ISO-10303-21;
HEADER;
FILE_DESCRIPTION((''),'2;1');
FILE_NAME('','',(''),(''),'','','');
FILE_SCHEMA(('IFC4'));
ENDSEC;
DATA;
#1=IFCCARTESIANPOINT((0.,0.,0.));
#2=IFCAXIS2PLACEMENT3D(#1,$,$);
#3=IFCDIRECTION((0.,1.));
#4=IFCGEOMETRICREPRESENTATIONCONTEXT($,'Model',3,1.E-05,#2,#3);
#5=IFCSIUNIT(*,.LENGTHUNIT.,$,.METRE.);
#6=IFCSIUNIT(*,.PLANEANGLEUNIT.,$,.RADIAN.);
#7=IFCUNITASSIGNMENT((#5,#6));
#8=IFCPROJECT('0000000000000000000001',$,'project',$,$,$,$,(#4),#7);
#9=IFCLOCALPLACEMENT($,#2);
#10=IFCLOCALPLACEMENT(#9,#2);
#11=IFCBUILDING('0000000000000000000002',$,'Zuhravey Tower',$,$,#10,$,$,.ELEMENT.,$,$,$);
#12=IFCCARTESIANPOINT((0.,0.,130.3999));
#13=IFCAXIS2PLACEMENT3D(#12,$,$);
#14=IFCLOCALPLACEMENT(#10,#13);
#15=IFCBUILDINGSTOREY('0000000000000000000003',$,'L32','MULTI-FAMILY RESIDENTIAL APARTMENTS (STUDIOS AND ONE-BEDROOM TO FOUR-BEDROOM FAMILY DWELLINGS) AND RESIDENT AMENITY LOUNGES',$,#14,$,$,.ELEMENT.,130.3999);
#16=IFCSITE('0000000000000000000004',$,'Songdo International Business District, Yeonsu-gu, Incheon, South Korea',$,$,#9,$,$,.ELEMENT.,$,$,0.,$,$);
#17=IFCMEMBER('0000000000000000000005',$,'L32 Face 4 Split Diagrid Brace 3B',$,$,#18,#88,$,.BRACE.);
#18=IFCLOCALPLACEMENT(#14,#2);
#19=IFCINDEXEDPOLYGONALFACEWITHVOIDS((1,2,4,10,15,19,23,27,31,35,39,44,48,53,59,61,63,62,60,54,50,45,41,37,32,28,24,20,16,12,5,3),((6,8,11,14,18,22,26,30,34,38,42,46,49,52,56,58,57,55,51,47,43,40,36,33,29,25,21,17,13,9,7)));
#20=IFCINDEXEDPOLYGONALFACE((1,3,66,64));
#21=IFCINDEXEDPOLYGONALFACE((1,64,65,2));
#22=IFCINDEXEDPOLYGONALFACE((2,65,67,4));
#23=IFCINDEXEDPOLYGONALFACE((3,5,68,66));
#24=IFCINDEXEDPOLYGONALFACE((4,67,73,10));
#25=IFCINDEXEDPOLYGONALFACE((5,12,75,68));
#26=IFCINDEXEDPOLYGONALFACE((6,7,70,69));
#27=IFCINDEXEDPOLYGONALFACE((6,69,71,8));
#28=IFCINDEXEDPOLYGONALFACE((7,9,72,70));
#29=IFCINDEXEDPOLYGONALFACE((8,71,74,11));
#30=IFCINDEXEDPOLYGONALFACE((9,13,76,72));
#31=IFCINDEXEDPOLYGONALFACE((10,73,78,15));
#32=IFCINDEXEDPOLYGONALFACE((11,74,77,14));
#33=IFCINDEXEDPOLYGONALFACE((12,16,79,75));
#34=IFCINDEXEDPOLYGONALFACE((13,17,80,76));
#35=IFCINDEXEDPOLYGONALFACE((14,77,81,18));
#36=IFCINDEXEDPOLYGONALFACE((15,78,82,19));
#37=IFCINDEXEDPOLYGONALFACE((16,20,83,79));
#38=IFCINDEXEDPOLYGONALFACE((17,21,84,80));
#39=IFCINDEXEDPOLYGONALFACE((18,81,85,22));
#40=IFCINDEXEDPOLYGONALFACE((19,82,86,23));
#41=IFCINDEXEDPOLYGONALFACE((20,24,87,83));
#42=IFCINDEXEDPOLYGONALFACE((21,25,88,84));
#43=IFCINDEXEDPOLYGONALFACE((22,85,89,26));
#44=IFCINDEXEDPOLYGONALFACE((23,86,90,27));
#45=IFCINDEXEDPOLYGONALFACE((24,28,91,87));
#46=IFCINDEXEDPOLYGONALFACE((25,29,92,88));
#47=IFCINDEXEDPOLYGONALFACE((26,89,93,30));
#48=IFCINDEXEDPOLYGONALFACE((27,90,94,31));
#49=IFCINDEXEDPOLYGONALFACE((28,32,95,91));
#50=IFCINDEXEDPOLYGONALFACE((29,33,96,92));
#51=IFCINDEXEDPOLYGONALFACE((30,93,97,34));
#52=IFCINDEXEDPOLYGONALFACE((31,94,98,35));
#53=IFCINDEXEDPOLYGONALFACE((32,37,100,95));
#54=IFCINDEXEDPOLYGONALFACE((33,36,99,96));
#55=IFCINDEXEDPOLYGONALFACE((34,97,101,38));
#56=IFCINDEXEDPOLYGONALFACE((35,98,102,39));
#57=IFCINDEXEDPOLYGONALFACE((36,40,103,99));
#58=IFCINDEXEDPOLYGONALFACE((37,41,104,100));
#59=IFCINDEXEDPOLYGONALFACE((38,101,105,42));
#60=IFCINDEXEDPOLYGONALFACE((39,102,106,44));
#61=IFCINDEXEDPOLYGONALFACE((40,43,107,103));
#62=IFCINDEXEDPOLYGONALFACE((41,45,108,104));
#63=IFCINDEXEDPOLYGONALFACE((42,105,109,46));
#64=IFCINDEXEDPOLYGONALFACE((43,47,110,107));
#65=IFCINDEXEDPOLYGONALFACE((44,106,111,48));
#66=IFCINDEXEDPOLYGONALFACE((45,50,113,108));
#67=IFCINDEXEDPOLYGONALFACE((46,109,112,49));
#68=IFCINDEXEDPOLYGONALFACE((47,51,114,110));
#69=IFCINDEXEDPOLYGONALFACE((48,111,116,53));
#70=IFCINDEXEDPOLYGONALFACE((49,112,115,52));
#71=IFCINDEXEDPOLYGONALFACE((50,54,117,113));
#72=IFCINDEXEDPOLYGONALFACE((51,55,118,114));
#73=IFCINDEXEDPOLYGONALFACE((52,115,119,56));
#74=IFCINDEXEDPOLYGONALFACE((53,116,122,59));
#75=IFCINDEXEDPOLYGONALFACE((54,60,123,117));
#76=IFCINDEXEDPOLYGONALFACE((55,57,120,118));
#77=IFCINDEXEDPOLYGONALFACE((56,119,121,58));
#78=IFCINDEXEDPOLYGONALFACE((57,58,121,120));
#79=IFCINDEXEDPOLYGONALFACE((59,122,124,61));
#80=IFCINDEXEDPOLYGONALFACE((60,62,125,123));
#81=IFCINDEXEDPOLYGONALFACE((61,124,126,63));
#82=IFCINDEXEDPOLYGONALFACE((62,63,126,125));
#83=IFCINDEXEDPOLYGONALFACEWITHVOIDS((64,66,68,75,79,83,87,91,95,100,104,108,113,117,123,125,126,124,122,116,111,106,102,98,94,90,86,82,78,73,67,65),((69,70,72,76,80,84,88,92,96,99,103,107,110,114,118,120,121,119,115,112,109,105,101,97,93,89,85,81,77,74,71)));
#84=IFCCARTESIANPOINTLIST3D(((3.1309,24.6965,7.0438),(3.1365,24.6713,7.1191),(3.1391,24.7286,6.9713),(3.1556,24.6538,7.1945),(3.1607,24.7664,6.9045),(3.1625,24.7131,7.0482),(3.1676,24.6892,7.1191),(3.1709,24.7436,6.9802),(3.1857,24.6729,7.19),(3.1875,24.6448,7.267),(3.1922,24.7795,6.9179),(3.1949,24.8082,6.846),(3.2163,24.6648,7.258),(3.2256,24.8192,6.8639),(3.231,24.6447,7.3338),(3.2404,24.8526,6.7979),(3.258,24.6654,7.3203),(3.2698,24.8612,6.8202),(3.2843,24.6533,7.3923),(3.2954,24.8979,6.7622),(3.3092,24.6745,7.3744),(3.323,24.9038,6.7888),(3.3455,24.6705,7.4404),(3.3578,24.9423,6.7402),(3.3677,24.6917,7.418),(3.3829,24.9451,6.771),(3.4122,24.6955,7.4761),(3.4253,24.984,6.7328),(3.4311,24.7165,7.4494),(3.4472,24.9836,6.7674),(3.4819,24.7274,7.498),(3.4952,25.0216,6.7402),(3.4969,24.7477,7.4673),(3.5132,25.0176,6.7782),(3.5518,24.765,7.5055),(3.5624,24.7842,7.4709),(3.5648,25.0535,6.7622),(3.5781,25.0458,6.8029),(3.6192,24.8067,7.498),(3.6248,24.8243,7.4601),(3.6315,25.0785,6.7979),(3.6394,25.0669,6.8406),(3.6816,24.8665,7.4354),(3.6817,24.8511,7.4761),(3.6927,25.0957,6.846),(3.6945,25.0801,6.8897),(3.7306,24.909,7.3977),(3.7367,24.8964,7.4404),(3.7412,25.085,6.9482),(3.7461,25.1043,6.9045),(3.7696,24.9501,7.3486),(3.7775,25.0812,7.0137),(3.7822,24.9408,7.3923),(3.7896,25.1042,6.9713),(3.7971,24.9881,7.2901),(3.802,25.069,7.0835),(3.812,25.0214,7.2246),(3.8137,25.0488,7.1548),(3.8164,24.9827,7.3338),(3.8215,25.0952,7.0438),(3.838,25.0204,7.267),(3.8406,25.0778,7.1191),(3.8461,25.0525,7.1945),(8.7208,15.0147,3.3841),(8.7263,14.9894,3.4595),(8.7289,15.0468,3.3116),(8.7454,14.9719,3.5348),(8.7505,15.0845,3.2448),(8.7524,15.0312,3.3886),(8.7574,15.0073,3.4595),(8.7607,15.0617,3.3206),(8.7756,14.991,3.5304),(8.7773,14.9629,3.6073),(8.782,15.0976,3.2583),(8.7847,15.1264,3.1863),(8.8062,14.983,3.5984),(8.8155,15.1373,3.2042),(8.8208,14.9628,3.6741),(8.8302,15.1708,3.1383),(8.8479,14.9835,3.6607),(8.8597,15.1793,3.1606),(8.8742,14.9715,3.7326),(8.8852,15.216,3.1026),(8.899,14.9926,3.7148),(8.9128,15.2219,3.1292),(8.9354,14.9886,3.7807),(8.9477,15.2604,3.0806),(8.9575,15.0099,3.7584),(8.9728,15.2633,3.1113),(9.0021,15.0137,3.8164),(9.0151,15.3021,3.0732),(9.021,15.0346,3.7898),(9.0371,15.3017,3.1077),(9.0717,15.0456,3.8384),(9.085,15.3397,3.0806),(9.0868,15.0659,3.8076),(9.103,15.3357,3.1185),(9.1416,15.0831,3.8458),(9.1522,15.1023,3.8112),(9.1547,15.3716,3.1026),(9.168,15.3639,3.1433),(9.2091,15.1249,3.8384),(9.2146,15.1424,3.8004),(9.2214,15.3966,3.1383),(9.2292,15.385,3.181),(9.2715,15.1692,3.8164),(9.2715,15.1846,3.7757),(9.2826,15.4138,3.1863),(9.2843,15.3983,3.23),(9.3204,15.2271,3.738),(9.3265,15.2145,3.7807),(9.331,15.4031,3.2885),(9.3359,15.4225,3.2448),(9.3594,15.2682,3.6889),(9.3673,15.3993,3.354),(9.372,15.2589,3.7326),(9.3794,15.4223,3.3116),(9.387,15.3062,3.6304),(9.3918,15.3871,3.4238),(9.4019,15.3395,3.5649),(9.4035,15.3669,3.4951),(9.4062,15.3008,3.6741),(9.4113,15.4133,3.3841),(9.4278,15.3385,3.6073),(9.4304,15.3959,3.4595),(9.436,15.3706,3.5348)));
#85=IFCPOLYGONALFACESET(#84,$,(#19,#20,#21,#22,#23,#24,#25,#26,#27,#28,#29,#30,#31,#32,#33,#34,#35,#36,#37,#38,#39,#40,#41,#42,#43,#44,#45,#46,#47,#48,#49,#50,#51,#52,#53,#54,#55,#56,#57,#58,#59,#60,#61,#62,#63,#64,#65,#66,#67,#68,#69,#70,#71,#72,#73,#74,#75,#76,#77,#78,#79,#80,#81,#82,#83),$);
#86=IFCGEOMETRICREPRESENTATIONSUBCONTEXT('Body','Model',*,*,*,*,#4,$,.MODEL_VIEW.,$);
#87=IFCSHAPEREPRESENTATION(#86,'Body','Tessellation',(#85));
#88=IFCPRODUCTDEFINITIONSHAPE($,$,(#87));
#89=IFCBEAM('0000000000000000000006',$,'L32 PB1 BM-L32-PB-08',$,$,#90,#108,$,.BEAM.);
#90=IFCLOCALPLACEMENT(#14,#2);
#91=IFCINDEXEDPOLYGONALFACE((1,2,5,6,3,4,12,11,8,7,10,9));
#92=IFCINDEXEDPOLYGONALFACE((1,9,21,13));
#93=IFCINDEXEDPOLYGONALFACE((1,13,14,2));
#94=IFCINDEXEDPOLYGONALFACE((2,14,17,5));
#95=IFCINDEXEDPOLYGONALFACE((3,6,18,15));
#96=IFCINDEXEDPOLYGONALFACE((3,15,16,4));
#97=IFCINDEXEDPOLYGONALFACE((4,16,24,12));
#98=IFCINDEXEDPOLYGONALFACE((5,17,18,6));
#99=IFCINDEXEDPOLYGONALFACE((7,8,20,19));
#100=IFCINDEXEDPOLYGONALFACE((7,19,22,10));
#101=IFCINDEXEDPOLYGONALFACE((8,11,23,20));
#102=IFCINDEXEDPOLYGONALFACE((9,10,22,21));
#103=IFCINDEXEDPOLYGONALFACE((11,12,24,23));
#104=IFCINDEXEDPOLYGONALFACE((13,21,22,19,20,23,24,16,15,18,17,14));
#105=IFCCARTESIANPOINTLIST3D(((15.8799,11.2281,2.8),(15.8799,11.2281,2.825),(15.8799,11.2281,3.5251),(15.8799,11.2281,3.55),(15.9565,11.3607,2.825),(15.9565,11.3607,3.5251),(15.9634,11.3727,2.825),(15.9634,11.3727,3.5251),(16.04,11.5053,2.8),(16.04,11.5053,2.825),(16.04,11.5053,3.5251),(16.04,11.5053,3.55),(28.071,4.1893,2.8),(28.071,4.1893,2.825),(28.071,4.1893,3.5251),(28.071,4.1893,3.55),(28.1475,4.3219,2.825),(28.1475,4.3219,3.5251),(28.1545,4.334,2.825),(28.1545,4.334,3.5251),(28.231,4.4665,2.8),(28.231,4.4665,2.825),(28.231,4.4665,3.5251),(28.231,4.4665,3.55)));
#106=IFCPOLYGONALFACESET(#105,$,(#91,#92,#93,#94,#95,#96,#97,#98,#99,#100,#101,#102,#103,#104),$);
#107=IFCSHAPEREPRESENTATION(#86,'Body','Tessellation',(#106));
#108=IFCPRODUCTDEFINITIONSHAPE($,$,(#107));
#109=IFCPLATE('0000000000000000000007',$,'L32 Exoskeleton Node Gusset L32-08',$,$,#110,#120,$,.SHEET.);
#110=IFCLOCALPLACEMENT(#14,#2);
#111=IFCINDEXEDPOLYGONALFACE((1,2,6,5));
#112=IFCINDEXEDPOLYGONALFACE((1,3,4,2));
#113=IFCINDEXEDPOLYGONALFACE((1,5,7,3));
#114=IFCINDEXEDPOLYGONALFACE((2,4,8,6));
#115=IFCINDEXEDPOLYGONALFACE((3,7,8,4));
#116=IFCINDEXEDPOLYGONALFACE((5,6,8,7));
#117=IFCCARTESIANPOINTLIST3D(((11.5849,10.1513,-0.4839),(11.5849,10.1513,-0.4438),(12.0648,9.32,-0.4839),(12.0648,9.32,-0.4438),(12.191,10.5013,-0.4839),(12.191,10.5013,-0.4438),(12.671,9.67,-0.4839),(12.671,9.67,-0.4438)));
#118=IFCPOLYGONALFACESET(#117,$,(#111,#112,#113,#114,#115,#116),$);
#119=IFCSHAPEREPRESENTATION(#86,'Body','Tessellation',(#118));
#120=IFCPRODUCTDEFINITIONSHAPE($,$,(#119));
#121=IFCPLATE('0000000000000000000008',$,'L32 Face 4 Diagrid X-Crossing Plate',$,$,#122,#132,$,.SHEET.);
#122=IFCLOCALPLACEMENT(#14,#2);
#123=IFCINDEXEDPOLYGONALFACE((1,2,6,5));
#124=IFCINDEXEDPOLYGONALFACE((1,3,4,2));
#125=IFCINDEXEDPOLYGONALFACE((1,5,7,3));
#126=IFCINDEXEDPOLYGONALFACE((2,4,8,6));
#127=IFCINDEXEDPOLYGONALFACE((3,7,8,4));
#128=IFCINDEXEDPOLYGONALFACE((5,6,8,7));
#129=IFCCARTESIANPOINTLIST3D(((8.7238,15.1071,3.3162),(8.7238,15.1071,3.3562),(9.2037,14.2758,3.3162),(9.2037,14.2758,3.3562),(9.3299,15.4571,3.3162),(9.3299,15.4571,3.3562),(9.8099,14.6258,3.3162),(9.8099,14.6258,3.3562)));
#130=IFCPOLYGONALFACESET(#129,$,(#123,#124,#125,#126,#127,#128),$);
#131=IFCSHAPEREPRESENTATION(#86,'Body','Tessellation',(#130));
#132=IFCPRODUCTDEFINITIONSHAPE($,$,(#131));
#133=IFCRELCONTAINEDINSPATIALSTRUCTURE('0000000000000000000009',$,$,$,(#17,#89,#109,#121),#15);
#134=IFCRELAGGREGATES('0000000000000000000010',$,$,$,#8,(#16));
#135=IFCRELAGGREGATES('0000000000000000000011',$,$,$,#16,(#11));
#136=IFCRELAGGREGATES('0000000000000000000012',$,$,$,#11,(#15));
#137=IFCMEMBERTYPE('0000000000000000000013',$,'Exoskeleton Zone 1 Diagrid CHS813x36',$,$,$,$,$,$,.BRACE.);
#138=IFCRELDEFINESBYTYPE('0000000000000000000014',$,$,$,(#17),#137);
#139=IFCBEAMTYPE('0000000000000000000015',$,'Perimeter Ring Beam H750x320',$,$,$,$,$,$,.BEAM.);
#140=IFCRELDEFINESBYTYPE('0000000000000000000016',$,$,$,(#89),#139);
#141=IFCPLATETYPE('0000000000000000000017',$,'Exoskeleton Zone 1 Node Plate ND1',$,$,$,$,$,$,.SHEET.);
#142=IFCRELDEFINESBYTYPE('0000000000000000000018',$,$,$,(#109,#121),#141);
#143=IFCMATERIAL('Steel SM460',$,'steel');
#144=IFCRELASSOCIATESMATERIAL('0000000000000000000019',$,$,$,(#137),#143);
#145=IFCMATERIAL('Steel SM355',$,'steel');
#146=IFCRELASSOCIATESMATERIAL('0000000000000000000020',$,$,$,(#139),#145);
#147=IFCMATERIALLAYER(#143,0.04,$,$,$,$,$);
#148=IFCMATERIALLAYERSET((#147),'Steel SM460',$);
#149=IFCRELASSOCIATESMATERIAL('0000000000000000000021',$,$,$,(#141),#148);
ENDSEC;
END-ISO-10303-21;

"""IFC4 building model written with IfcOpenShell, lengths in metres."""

from ifc_helpers import new_model, si_unit, direction, frame, origin, origin_2d, place, context, subcontext, project, spatial, rectangle, hollow_circle, i_section, extrude, material, layer, layer_set, material_profile, profile_set, type_object, element, save


model = new_model("IFC4")

# Units and contexts
model_context = context("Model", 3, precision=1e-05, world=origin(), true_north=direction((0.0, 1.0)))
body_context = subcontext(model_context, "Body", "Model", "MODEL_VIEW")
ifc_project = project(units=[si_unit("LENGTHUNIT", "METRE"), si_unit("PLANEANGLEUNIT", "RADIAN")], contexts=[model_context])

# Site, building, storey
site_placement = place(None, origin())
site = spatial("IfcSite", under=ifc_project, at=site_placement, Name="Songdo International Business District, Yeonsu-gu, Incheon, South Korea", CompositionType="ELEMENT", RefElevation=0.0)
building_placement = place(site_placement, origin())
building = spatial("IfcBuilding", under=site, at=building_placement, Name="Zuhravey Tower", CompositionType="ELEMENT")
storey_placement = place(building_placement, frame((0.0, 0.0, 130.3999)))
storey = spatial("IfcBuildingStorey", under=building, at=storey_placement, Name="L32", Description="MULTI-FAMILY RESIDENTIAL APARTMENTS (STUDIOS AND ONE-BEDROOM TO FOUR-BEDROOM FAMILY DWELLINGS) AND RESIDENT AMENITY LOUNGES", CompositionType="ELEMENT", Elevation=130.3999)

# Member
ifc_material_1 = material(Name="Steel SM460", Category="steel")
ifc_material_profile_1 = material_profile(ifc_material_1, hollow_circle(Radius=0.4065, WallThickness=0.0359, at=origin_2d()), Name="CHS-812.8x36")
ifc_profile_set_1 = profile_set([ifc_material_profile_1], Name="Steel SM460")
member_type_1 = type_object("IfcMemberType", Name="Exoskeleton Zone 1 Diagrid CHS813x36", PredefinedType="BRACE", material=ifc_profile_set_1)
member_1_placement = place(storey_placement, frame((9.0784, 15.1926, 3.4595), z_axis=(-0.475188, 0.823049, 0.311105), x_axis=(-0.866025, -0.5, 0.0)))
element("IfcMember", 1, at=member_1_placement, inside=storey, type_object=member_type_1, Name="L32 Face 4 Split Diagrid Brace 3B", PredefinedType="BRACE", context=body_context, shape_type="SweptSolid", body=[
    extrude(hollow_circle(Radius=0.4065, WallThickness=0.0359, at=origin_2d()), origin(), (0.0, 0.0, 1.0), 11.7634),
])

# Beam
ifc_material_2 = material(Name="Steel SM355", Category="steel")
ifc_material_profile_2 = material_profile(ifc_material_2, i_section(OverallWidth=0.3201, OverallDepth=0.75, WebThickness=0.0139, FlangeThickness=0.0249, at=origin_2d()), Name="H-750x320x14x25")
ifc_profile_set_2 = profile_set([ifc_material_profile_2], Name="Steel SM355")
beam_type = type_object("IfcBeamType", Name="Perimeter Ring Beam H750x320", PredefinedType="BEAM", material=ifc_profile_set_2)
beam_placement = place(storey_placement, frame((15.96, 11.3667, 3.175), z_axis=(0.866018, -0.500013, 0.0), x_axis=(0.500013, 0.866018, 0.0)))
element("IfcBeam", 2, at=beam_placement, inside=storey, type_object=beam_type, Name="L32 PB1 BM-L32-PB-08", PredefinedType="BEAM", context=body_context, shape_type="SweptSolid", body=[
    extrude(i_section(OverallWidth=0.3201, OverallDepth=0.75, WebThickness=0.0139, FlangeThickness=0.0249, at=origin_2d()), origin(), (0.0, 0.0, 1.0), 14.0771),
])

# Plates
ifc_layer_1 = layer(ifc_material_1, 0.04)
ifc_layer_set_1 = layer_set([ifc_layer_1], Name="Steel SM460")
plate_type_1 = type_object("IfcPlateType", Name="Exoskeleton Zone 1 Node Plate ND1", PredefinedType="SHEET", material=ifc_layer_set_1)
for number, where, z_axis, x_axis, name in (
    (3, (12.1279, 9.9106, -0.4839), (0.0, 0.0, 1.0), (0.5, -0.866025, 0.0), "L32 Exoskeleton Node Gusset L32-08"),
    (4, (9.2668, 14.8665, 3.3162), (0.0, 0.0, 1.0), (0.5, -0.866025, 0.0), "L32 Face 4 Diagrid X-Crossing Plate"),
):
    element("IfcPlate", number, at=place(storey_placement, frame(where, z_axis=z_axis, x_axis=x_axis)), inside=storey, type_object=plate_type_1, Name=name, PredefinedType="SHEET", context=body_context, shape_type="SweptSolid", body=[
        extrude(rectangle(XDim=0.96, YDim=0.7, at=origin_2d()), origin(), (0.0, 0.0, 1.0), 0.04),
    ])

save(model, "model.ifc")
